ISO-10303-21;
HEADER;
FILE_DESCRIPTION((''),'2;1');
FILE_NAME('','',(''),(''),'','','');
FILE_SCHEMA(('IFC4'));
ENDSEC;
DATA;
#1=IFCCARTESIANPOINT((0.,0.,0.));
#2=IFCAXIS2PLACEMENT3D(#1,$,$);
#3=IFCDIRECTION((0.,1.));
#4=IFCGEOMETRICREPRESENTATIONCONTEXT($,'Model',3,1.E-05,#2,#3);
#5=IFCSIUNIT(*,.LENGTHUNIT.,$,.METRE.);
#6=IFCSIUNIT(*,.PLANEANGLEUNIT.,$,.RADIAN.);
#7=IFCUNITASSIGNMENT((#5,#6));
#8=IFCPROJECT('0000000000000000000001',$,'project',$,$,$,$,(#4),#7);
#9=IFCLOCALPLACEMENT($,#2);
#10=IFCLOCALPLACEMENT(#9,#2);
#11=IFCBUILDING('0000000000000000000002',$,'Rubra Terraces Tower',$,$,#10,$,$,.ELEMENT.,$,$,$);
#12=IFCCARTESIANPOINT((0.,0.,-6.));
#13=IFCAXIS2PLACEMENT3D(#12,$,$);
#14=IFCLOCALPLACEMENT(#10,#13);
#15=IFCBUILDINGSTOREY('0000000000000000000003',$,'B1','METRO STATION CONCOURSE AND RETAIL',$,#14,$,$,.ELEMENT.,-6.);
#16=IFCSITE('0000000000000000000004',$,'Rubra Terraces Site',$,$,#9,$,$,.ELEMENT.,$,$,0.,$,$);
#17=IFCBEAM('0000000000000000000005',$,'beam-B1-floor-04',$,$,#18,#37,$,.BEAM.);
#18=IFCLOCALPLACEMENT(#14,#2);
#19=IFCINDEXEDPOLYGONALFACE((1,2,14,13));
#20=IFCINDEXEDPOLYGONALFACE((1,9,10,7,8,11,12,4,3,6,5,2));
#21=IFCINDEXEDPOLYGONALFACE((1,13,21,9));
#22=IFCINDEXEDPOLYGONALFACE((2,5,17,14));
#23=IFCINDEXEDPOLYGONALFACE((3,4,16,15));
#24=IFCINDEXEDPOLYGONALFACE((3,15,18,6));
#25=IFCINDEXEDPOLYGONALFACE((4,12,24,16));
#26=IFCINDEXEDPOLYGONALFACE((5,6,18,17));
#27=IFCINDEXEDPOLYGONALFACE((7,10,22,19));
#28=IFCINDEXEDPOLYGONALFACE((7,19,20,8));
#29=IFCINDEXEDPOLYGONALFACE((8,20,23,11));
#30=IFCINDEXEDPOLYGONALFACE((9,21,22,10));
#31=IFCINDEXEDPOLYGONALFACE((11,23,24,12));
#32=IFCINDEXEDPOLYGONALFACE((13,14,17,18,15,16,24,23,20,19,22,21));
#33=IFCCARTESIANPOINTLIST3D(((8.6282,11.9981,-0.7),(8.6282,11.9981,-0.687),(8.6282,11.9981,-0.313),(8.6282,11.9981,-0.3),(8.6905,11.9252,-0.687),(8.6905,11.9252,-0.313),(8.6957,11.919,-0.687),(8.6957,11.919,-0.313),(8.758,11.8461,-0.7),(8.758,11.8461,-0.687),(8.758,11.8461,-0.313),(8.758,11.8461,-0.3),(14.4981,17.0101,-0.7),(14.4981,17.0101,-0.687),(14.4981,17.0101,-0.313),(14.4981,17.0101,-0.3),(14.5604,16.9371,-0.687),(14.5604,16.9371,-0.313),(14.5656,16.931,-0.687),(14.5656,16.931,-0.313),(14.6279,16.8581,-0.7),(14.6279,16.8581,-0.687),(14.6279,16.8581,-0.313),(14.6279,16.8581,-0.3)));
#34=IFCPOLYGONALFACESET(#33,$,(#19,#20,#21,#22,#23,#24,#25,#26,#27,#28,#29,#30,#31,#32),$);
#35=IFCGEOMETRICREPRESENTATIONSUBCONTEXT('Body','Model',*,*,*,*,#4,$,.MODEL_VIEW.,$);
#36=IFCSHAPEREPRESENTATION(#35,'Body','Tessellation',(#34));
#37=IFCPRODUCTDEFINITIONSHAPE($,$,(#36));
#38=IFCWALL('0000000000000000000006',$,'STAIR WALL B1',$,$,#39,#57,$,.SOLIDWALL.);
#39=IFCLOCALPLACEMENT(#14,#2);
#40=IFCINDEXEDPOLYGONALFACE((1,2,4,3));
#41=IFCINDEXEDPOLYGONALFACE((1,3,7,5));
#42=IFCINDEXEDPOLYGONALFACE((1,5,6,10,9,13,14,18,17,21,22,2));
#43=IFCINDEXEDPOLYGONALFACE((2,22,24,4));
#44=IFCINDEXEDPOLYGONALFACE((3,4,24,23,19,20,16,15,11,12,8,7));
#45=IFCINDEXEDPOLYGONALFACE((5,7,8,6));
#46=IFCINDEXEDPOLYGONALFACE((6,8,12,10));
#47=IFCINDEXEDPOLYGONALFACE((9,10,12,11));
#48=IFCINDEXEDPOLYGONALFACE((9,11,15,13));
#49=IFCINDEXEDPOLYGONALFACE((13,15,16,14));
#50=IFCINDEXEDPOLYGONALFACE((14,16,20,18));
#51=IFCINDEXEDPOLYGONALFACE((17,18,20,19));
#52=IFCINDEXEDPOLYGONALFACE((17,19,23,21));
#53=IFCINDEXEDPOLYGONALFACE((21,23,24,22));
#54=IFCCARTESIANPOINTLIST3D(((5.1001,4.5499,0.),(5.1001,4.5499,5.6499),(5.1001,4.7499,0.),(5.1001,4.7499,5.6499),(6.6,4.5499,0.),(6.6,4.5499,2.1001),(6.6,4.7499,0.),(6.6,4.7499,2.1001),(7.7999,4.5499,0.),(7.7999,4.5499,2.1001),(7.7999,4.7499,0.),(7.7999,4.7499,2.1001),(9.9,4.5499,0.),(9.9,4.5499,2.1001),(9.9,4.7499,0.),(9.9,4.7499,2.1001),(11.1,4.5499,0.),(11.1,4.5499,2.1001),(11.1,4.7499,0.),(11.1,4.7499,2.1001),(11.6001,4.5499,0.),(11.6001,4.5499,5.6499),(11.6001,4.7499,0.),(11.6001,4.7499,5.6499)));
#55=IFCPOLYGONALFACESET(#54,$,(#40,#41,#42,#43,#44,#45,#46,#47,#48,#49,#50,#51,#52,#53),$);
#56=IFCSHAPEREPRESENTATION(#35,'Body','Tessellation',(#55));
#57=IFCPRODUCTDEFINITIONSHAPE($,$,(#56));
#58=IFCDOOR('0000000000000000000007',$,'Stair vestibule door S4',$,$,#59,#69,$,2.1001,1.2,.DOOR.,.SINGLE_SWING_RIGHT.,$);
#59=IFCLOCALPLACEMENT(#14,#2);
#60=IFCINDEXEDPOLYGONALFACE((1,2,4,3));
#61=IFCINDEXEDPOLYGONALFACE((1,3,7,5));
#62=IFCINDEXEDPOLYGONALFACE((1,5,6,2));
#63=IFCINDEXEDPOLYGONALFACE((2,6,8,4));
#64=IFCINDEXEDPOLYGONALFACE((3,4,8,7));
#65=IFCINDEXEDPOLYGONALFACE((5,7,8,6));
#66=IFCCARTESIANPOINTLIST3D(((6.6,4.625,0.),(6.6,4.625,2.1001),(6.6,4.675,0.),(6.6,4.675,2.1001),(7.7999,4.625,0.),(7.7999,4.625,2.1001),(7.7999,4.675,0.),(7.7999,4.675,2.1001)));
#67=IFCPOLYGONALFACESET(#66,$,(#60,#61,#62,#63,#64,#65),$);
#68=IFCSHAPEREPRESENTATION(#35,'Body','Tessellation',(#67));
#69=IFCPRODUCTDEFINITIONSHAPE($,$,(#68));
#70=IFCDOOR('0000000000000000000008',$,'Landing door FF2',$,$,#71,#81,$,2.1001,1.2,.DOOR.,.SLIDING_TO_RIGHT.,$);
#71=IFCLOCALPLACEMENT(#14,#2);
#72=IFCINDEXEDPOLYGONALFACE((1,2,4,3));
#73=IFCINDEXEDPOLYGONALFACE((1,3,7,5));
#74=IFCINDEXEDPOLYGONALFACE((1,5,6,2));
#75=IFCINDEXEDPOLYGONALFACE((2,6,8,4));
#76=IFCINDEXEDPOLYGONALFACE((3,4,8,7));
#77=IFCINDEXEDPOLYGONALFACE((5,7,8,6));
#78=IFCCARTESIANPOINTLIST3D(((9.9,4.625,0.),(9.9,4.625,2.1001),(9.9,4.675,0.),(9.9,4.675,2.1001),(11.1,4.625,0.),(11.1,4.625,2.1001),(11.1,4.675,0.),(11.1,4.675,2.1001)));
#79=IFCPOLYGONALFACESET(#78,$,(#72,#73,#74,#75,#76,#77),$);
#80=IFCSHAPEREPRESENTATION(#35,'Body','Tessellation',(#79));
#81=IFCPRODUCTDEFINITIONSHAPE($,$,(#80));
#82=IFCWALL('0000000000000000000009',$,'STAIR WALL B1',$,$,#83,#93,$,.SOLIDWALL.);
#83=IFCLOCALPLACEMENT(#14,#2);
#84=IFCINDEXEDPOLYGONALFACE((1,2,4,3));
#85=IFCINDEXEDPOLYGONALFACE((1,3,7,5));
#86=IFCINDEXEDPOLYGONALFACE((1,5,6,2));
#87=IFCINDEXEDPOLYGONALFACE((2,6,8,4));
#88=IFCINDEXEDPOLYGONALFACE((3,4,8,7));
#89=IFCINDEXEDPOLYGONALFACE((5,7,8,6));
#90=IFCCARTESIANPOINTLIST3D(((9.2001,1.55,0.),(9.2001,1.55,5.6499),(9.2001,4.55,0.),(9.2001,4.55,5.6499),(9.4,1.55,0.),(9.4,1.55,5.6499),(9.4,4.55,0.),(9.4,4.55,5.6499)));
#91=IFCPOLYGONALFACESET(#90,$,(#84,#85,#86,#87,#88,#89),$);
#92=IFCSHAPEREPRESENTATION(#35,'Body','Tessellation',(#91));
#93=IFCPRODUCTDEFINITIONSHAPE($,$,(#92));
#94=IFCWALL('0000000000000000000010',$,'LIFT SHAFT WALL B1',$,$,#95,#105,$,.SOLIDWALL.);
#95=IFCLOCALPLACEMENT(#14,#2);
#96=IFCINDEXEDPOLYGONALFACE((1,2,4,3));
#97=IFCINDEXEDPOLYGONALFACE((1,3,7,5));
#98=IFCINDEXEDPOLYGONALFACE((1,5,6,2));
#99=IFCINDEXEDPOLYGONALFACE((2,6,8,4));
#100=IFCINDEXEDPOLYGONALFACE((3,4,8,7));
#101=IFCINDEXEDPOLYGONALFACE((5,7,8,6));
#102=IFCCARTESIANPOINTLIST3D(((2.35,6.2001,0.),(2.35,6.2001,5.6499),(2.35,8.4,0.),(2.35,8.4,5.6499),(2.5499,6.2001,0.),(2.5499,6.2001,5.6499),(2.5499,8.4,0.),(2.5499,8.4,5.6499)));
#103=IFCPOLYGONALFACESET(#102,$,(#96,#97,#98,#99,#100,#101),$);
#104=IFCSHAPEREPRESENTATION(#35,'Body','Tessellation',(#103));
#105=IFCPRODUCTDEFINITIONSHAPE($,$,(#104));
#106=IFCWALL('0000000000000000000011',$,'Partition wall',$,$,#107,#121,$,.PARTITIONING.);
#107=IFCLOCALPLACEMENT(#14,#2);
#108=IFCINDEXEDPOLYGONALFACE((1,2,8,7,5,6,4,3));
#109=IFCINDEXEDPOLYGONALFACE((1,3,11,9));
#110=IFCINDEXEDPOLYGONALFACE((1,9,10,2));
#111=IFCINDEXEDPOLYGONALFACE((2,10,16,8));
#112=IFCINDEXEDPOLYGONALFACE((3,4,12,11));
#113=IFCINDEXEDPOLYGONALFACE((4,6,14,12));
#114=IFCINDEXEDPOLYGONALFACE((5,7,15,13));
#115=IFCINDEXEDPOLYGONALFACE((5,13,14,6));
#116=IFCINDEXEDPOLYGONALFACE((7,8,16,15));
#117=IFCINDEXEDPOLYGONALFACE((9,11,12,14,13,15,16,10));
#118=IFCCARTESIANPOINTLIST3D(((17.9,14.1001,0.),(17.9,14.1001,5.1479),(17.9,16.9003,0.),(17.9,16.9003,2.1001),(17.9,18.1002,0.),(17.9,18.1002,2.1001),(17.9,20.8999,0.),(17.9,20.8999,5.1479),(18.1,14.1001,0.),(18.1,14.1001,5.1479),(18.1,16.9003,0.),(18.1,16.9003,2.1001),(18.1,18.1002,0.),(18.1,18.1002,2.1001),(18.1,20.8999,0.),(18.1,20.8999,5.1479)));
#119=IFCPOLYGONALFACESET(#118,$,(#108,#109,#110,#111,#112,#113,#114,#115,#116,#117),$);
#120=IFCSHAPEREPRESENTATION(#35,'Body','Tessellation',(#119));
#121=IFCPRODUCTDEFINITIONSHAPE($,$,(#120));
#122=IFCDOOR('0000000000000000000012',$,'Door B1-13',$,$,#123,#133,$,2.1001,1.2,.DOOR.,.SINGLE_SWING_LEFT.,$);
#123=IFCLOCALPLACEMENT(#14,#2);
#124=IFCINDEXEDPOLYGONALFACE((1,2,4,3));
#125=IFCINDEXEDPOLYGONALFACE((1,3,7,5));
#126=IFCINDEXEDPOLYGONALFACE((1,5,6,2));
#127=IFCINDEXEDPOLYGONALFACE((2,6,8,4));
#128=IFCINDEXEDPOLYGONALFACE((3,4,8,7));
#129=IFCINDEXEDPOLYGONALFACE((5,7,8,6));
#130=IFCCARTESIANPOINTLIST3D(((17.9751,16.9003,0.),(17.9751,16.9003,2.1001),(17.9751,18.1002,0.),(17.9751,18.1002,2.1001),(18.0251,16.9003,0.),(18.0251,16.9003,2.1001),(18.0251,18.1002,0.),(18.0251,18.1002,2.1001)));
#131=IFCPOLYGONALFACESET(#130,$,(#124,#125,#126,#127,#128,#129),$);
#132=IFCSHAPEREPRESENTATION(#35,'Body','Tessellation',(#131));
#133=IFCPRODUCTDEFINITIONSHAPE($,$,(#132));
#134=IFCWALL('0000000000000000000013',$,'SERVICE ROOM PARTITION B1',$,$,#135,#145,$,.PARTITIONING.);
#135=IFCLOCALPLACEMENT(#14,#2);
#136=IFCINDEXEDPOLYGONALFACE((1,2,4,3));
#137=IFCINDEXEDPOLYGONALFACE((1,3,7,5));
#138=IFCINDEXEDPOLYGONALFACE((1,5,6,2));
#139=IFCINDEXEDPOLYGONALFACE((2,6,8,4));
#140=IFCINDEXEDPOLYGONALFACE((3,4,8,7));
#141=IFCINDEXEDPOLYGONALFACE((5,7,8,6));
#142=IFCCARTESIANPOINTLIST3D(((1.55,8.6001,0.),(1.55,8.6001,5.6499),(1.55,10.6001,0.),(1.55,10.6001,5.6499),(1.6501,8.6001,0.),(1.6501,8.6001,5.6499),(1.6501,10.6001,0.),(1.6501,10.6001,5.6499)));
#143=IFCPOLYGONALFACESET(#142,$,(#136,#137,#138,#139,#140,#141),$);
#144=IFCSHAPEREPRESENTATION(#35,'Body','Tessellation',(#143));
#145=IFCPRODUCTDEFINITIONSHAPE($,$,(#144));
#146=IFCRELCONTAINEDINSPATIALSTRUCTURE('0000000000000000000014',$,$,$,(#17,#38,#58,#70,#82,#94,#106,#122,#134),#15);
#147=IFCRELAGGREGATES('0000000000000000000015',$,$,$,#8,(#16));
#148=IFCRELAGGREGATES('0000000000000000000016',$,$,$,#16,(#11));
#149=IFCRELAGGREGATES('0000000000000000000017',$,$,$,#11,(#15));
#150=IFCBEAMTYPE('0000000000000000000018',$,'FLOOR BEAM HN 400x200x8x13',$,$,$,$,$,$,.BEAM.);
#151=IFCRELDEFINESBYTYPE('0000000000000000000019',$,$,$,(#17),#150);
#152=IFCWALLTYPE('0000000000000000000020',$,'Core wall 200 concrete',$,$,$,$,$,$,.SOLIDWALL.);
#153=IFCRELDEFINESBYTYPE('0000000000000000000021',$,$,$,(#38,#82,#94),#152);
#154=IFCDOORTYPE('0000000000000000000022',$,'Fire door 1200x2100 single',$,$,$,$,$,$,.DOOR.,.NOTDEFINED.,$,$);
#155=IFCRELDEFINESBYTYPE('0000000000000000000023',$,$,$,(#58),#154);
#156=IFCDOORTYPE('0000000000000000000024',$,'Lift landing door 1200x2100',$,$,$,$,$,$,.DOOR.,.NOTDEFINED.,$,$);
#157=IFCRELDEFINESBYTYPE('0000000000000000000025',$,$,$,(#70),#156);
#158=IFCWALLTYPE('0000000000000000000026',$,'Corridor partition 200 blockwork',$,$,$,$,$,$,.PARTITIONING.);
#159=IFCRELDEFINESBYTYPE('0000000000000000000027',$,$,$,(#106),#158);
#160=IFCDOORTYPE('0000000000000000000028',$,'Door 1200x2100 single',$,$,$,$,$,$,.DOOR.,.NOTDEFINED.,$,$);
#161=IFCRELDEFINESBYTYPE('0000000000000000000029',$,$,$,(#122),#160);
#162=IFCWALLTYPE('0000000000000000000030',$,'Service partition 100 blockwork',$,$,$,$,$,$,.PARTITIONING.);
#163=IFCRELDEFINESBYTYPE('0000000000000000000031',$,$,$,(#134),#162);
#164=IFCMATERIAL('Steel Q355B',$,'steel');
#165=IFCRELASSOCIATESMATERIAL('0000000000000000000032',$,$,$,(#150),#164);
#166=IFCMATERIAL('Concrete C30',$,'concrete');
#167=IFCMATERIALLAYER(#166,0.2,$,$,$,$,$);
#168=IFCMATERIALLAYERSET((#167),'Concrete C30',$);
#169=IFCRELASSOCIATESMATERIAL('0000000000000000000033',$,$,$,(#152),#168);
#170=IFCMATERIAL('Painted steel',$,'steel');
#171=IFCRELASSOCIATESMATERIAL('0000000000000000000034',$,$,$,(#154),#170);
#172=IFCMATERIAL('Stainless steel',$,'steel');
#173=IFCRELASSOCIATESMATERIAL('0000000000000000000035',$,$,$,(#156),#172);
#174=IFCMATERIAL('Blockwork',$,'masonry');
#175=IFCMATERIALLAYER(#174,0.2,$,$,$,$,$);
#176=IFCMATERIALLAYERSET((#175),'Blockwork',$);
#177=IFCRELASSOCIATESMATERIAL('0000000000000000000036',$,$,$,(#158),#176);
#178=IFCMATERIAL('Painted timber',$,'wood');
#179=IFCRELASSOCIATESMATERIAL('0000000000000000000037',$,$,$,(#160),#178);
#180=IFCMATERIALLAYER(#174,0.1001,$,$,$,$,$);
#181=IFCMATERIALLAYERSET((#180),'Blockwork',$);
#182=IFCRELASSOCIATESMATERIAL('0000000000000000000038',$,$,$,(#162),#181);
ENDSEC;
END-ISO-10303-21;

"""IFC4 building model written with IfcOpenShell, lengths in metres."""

from ifc_helpers import new_model, si_unit, direction, frame, frame_2d, origin, origin_2d, place, context, subcontext, project, spatial, rectangle, i_section, extrude, material, layer, layer_set, material_profile, profile_set, type_object, element, fill, save


model = new_model("IFC4")

# Units and contexts
model_context = context("Model", 3, precision=1e-05, world=origin(), true_north=direction((0.0, 1.0)))
body_context = subcontext(model_context, "Body", "Model", "MODEL_VIEW")
ifc_project = project(units=[si_unit("LENGTHUNIT", "METRE"), si_unit("PLANEANGLEUNIT", "RADIAN")], contexts=[model_context])

# Site, building, storey
site_placement = place(None, origin())
site = spatial("IfcSite", under=ifc_project, at=site_placement, Name="Rubra Terraces Site", CompositionType="ELEMENT", RefElevation=0.0)
building_placement = place(site_placement, origin())
building = spatial("IfcBuilding", under=site, at=building_placement, Name="Rubra Terraces Tower", CompositionType="ELEMENT")
storey_placement = place(building_placement, frame((0.0, 0.0, -6.0)))
storey = spatial("IfcBuildingStorey", under=building, at=storey_placement, Name="B1", Description="METRO STATION CONCOURSE AND RETAIL", CompositionType="ELEMENT", Elevation=-6.0)

# Beam
ifc_material_1 = material(Name="Steel Q355B", Category="steel")
ifc_material_profile = material_profile(ifc_material_1, i_section(OverallWidth=0.2, OverallDepth=0.3999, WebThickness=0.0081, FlangeThickness=0.0129, at=origin_2d()), Name="HN 400x200x8x13")
ifc_profile_set = profile_set([ifc_material_profile], Name="Steel Q355B")
beam_type = type_object("IfcBeamType", Name="FLOOR BEAM HN 400x200x8x13", PredefinedType="BEAM", material=ifc_profile_set)
beam_placement = place(storey_placement, frame((14.563, 16.9341, -0.5), z_axis=(-0.760494, -0.649344, 0.0), x_axis=(0.649344, -0.760494, 0.0)))
element("IfcBeam", 1, at=beam_placement, inside=storey, type_object=beam_type, Name="beam-B1-floor-04", PredefinedType="BEAM", context=body_context, shape_type="SweptSolid", body=[
    extrude(i_section(OverallWidth=0.2, OverallDepth=0.3999, WebThickness=0.0081, FlangeThickness=0.0129, at=origin_2d()), origin(), (0.0, 0.0, 1.0), 7.7185),
])

# Wall, openings, doors
ifc_material_2 = material(Name="Concrete C30", Category="concrete")
ifc_layer_1 = layer(ifc_material_2, 0.2)
ifc_layer_set_1 = layer_set([ifc_layer_1], Name="Concrete C30")
wall_type_1 = type_object("IfcWallType", Name="Core wall 200 concrete", PredefinedType="SOLIDWALL", material=ifc_layer_set_1)
wall_1_placement = place(storey_placement, frame((11.6001, 4.6499, 0.0), z_axis=(0.0, 0.0, 1.0), x_axis=(-1.0, 0.0, 0.0)))
wall_1 = element("IfcWall", 2, at=wall_1_placement, inside=storey, type_object=wall_type_1, Name="STAIR WALL B1", PredefinedType="SOLIDWALL", context=body_context, shape_type="SweptSolid", body=[
    extrude(rectangle(XDim=6.5, YDim=0.2, at=frame_2d((3.25, 0.0))), origin(), (0.0, 0.0, 1.0), 5.6499),
])
opening_1_placement = place(wall_1_placement, frame((3.8, 0.0, 0.0)))
opening_1 = element("IfcOpeningElement", 3, at=opening_1_placement, cuts=wall_1, PredefinedType="OPENING", context=body_context, shape_type="SweptSolid", body=[
    extrude(rectangle(XDim=1.2, YDim=2.1001, at=frame_2d((0.6001, 1.05))), frame((0.0, 0.1099, 0.0), z_axis=(0.0, -1.0, 0.0), x_axis=(1.0, 0.0, 0.0)), (0.0, 0.0, 1.0), 0.22),
])
opening_2_placement = place(wall_1_placement, frame((0.5, 0.0, 0.0)))
opening_2 = element("IfcOpeningElement", 4, at=opening_2_placement, cuts=wall_1, PredefinedType="OPENING", context=body_context, shape_type="SweptSolid", body=[
    extrude(rectangle(XDim=1.2, YDim=2.1001, at=frame_2d((0.6001, 1.05))), frame((0.0, 0.1099, 0.0), z_axis=(0.0, -1.0, 0.0), x_axis=(1.0, 0.0, 0.0)), (0.0, 0.0, 1.0), 0.22),
])
ifc_material_3 = material(Name="Painted steel", Category="steel")
door_type_1 = type_object("IfcDoorType", Name="Fire door 1200x2100 single", OperationType="NOTDEFINED", PredefinedType="DOOR", material=ifc_material_3)
door_1_placement = place(opening_1_placement, origin())
door_1 = element("IfcDoor", 5, at=door_1_placement, inside=storey, type_object=door_type_1, Name="Stair vestibule door S4", OperationType="SINGLE_SWING_RIGHT", OverallHeight=2.1001, OverallWidth=1.2, PredefinedType="DOOR", context=body_context, shape_type="SweptSolid", body=[
    extrude(rectangle(XDim=1.2, YDim=2.1001, at=frame_2d((0.6001, 1.05))), frame((0.0, 0.0249, 0.0), z_axis=(0.0, -1.0, 0.0), x_axis=(1.0, 0.0, 0.0)), (0.0, 0.0, 1.0), 0.05),
])
fill(opening_1, door_1)
ifc_material_4 = material(Name="Stainless steel", Category="steel")
door_type_2 = type_object("IfcDoorType", Name="Lift landing door 1200x2100", OperationType="NOTDEFINED", PredefinedType="DOOR", material=ifc_material_4)
door_2_placement = place(opening_2_placement, origin())
door_2 = element("IfcDoor", 6, at=door_2_placement, inside=storey, type_object=door_type_2, Name="Landing door FF2", OperationType="SLIDING_TO_RIGHT", OverallHeight=2.1001, OverallWidth=1.2, PredefinedType="DOOR", context=body_context, shape_type="SweptSolid", body=[
    extrude(rectangle(XDim=1.2, YDim=2.1001, at=frame_2d((0.6001, 1.05))), frame((0.0, 0.0249, 0.0), z_axis=(0.0, -1.0, 0.0), x_axis=(1.0, 0.0, 0.0)), (0.0, 0.0, 1.0), 0.05),
])
fill(opening_2, door_2)

# Walls
wall_2_placement = place(storey_placement, frame((9.3, 4.55, 0.0), z_axis=(0.0, 0.0, 1.0), x_axis=(0.0, -1.0, 0.0)))
element("IfcWall", 7, at=wall_2_placement, inside=storey, type_object=wall_type_1, Name="STAIR WALL B1", PredefinedType="SOLIDWALL", context=body_context, shape_type="SweptSolid", body=[
    extrude(rectangle(XDim=3.0, YDim=0.2, at=frame_2d((1.5, 0.0))), origin(), (0.0, 0.0, 1.0), 5.6499),
])
wall_3_placement = place(storey_placement, frame((2.45, 6.2, 0.0), z_axis=(0.0, 0.0, 1.0), x_axis=(0.0, 1.0, 0.0)))
element("IfcWall", 8, at=wall_3_placement, inside=storey, type_object=wall_type_1, Name="LIFT SHAFT WALL B1", PredefinedType="SOLIDWALL", context=body_context, shape_type="SweptSolid", body=[
    extrude(rectangle(XDim=2.2, YDim=0.2, at=frame_2d((1.1001, 0.0))), origin(), (0.0, 0.0, 1.0), 5.6499),
])

# Wall, opening, door
ifc_material_5 = material(Name="Blockwork", Category="masonry")
ifc_layer_2 = layer(ifc_material_5, 0.2)
ifc_layer_set_2 = layer_set([ifc_layer_2], Name="Blockwork")
wall_type_2 = type_object("IfcWallType", Name="Corridor partition 200 blockwork", PredefinedType="PARTITIONING", material=ifc_layer_set_2)
wall_4_placement = place(storey_placement, frame((18.0, 14.1001, 0.0), z_axis=(0.0, 0.0, 1.0), x_axis=(0.0, 1.0, 0.0)))
wall_4 = element("IfcWall", 9, at=wall_4_placement, inside=storey, type_object=wall_type_2, Name="Partition wall", PredefinedType="PARTITIONING", context=body_context, shape_type="SweptSolid", body=[
    extrude(rectangle(XDim=6.7998, YDim=0.2, at=frame_2d((3.3999, 0.0))), origin(), (0.0, 0.0, 1.0), 5.1479),
])
opening_3_placement = place(wall_4_placement, frame((2.8, 0.0, 0.0)))
opening_3 = element("IfcOpeningElement", 10, at=opening_3_placement, cuts=wall_4, PredefinedType="OPENING", context=body_context, shape_type="SweptSolid", body=[
    extrude(rectangle(XDim=1.2, YDim=2.1001, at=frame_2d((0.6001, 1.05))), frame((0.0, 0.1099, 0.0), z_axis=(0.0, -1.0, 0.0), x_axis=(1.0, 0.0, 0.0)), (0.0, 0.0, 1.0), 0.22),
])
ifc_material_6 = material(Name="Painted timber", Category="wood")
door_type_3 = type_object("IfcDoorType", Name="Door 1200x2100 single", OperationType="NOTDEFINED", PredefinedType="DOOR", material=ifc_material_6)
door_3_placement = place(opening_3_placement, origin())
door_3 = element("IfcDoor", 11, at=door_3_placement, inside=storey, type_object=door_type_3, Name="Door B1-13", OperationType="SINGLE_SWING_LEFT", OverallHeight=2.1001, OverallWidth=1.2, PredefinedType="DOOR", context=body_context, shape_type="SweptSolid", body=[
    extrude(rectangle(XDim=1.2, YDim=2.1001, at=frame_2d((0.6001, 1.05))), frame((0.0, 0.0249, 0.0), z_axis=(0.0, -1.0, 0.0), x_axis=(1.0, 0.0, 0.0)), (0.0, 0.0, 1.0), 0.05),
])
fill(opening_3, door_3)

# Wall
ifc_layer_3 = layer(ifc_material_5, 0.1001)
ifc_layer_set_3 = layer_set([ifc_layer_3], Name="Blockwork")
wall_type_3 = type_object("IfcWallType", Name="Service partition 100 blockwork", PredefinedType="PARTITIONING", material=ifc_layer_set_3)
wall_5_placement = place(storey_placement, frame((1.6001, 8.6001, 0.0), z_axis=(0.0, 0.0, 1.0), x_axis=(0.0, 1.0, 0.0)))
element("IfcWall", 12, at=wall_5_placement, inside=storey, type_object=wall_type_3, Name="SERVICE ROOM PARTITION B1", PredefinedType="PARTITIONING", context=body_context, shape_type="SweptSolid", body=[
    extrude(rectangle(XDim=2.0, YDim=0.1001, at=frame_2d((1.0, 0.0))), origin(), (0.0, 0.0, 1.0), 5.6499),
])

save(model, "model.ifc")
